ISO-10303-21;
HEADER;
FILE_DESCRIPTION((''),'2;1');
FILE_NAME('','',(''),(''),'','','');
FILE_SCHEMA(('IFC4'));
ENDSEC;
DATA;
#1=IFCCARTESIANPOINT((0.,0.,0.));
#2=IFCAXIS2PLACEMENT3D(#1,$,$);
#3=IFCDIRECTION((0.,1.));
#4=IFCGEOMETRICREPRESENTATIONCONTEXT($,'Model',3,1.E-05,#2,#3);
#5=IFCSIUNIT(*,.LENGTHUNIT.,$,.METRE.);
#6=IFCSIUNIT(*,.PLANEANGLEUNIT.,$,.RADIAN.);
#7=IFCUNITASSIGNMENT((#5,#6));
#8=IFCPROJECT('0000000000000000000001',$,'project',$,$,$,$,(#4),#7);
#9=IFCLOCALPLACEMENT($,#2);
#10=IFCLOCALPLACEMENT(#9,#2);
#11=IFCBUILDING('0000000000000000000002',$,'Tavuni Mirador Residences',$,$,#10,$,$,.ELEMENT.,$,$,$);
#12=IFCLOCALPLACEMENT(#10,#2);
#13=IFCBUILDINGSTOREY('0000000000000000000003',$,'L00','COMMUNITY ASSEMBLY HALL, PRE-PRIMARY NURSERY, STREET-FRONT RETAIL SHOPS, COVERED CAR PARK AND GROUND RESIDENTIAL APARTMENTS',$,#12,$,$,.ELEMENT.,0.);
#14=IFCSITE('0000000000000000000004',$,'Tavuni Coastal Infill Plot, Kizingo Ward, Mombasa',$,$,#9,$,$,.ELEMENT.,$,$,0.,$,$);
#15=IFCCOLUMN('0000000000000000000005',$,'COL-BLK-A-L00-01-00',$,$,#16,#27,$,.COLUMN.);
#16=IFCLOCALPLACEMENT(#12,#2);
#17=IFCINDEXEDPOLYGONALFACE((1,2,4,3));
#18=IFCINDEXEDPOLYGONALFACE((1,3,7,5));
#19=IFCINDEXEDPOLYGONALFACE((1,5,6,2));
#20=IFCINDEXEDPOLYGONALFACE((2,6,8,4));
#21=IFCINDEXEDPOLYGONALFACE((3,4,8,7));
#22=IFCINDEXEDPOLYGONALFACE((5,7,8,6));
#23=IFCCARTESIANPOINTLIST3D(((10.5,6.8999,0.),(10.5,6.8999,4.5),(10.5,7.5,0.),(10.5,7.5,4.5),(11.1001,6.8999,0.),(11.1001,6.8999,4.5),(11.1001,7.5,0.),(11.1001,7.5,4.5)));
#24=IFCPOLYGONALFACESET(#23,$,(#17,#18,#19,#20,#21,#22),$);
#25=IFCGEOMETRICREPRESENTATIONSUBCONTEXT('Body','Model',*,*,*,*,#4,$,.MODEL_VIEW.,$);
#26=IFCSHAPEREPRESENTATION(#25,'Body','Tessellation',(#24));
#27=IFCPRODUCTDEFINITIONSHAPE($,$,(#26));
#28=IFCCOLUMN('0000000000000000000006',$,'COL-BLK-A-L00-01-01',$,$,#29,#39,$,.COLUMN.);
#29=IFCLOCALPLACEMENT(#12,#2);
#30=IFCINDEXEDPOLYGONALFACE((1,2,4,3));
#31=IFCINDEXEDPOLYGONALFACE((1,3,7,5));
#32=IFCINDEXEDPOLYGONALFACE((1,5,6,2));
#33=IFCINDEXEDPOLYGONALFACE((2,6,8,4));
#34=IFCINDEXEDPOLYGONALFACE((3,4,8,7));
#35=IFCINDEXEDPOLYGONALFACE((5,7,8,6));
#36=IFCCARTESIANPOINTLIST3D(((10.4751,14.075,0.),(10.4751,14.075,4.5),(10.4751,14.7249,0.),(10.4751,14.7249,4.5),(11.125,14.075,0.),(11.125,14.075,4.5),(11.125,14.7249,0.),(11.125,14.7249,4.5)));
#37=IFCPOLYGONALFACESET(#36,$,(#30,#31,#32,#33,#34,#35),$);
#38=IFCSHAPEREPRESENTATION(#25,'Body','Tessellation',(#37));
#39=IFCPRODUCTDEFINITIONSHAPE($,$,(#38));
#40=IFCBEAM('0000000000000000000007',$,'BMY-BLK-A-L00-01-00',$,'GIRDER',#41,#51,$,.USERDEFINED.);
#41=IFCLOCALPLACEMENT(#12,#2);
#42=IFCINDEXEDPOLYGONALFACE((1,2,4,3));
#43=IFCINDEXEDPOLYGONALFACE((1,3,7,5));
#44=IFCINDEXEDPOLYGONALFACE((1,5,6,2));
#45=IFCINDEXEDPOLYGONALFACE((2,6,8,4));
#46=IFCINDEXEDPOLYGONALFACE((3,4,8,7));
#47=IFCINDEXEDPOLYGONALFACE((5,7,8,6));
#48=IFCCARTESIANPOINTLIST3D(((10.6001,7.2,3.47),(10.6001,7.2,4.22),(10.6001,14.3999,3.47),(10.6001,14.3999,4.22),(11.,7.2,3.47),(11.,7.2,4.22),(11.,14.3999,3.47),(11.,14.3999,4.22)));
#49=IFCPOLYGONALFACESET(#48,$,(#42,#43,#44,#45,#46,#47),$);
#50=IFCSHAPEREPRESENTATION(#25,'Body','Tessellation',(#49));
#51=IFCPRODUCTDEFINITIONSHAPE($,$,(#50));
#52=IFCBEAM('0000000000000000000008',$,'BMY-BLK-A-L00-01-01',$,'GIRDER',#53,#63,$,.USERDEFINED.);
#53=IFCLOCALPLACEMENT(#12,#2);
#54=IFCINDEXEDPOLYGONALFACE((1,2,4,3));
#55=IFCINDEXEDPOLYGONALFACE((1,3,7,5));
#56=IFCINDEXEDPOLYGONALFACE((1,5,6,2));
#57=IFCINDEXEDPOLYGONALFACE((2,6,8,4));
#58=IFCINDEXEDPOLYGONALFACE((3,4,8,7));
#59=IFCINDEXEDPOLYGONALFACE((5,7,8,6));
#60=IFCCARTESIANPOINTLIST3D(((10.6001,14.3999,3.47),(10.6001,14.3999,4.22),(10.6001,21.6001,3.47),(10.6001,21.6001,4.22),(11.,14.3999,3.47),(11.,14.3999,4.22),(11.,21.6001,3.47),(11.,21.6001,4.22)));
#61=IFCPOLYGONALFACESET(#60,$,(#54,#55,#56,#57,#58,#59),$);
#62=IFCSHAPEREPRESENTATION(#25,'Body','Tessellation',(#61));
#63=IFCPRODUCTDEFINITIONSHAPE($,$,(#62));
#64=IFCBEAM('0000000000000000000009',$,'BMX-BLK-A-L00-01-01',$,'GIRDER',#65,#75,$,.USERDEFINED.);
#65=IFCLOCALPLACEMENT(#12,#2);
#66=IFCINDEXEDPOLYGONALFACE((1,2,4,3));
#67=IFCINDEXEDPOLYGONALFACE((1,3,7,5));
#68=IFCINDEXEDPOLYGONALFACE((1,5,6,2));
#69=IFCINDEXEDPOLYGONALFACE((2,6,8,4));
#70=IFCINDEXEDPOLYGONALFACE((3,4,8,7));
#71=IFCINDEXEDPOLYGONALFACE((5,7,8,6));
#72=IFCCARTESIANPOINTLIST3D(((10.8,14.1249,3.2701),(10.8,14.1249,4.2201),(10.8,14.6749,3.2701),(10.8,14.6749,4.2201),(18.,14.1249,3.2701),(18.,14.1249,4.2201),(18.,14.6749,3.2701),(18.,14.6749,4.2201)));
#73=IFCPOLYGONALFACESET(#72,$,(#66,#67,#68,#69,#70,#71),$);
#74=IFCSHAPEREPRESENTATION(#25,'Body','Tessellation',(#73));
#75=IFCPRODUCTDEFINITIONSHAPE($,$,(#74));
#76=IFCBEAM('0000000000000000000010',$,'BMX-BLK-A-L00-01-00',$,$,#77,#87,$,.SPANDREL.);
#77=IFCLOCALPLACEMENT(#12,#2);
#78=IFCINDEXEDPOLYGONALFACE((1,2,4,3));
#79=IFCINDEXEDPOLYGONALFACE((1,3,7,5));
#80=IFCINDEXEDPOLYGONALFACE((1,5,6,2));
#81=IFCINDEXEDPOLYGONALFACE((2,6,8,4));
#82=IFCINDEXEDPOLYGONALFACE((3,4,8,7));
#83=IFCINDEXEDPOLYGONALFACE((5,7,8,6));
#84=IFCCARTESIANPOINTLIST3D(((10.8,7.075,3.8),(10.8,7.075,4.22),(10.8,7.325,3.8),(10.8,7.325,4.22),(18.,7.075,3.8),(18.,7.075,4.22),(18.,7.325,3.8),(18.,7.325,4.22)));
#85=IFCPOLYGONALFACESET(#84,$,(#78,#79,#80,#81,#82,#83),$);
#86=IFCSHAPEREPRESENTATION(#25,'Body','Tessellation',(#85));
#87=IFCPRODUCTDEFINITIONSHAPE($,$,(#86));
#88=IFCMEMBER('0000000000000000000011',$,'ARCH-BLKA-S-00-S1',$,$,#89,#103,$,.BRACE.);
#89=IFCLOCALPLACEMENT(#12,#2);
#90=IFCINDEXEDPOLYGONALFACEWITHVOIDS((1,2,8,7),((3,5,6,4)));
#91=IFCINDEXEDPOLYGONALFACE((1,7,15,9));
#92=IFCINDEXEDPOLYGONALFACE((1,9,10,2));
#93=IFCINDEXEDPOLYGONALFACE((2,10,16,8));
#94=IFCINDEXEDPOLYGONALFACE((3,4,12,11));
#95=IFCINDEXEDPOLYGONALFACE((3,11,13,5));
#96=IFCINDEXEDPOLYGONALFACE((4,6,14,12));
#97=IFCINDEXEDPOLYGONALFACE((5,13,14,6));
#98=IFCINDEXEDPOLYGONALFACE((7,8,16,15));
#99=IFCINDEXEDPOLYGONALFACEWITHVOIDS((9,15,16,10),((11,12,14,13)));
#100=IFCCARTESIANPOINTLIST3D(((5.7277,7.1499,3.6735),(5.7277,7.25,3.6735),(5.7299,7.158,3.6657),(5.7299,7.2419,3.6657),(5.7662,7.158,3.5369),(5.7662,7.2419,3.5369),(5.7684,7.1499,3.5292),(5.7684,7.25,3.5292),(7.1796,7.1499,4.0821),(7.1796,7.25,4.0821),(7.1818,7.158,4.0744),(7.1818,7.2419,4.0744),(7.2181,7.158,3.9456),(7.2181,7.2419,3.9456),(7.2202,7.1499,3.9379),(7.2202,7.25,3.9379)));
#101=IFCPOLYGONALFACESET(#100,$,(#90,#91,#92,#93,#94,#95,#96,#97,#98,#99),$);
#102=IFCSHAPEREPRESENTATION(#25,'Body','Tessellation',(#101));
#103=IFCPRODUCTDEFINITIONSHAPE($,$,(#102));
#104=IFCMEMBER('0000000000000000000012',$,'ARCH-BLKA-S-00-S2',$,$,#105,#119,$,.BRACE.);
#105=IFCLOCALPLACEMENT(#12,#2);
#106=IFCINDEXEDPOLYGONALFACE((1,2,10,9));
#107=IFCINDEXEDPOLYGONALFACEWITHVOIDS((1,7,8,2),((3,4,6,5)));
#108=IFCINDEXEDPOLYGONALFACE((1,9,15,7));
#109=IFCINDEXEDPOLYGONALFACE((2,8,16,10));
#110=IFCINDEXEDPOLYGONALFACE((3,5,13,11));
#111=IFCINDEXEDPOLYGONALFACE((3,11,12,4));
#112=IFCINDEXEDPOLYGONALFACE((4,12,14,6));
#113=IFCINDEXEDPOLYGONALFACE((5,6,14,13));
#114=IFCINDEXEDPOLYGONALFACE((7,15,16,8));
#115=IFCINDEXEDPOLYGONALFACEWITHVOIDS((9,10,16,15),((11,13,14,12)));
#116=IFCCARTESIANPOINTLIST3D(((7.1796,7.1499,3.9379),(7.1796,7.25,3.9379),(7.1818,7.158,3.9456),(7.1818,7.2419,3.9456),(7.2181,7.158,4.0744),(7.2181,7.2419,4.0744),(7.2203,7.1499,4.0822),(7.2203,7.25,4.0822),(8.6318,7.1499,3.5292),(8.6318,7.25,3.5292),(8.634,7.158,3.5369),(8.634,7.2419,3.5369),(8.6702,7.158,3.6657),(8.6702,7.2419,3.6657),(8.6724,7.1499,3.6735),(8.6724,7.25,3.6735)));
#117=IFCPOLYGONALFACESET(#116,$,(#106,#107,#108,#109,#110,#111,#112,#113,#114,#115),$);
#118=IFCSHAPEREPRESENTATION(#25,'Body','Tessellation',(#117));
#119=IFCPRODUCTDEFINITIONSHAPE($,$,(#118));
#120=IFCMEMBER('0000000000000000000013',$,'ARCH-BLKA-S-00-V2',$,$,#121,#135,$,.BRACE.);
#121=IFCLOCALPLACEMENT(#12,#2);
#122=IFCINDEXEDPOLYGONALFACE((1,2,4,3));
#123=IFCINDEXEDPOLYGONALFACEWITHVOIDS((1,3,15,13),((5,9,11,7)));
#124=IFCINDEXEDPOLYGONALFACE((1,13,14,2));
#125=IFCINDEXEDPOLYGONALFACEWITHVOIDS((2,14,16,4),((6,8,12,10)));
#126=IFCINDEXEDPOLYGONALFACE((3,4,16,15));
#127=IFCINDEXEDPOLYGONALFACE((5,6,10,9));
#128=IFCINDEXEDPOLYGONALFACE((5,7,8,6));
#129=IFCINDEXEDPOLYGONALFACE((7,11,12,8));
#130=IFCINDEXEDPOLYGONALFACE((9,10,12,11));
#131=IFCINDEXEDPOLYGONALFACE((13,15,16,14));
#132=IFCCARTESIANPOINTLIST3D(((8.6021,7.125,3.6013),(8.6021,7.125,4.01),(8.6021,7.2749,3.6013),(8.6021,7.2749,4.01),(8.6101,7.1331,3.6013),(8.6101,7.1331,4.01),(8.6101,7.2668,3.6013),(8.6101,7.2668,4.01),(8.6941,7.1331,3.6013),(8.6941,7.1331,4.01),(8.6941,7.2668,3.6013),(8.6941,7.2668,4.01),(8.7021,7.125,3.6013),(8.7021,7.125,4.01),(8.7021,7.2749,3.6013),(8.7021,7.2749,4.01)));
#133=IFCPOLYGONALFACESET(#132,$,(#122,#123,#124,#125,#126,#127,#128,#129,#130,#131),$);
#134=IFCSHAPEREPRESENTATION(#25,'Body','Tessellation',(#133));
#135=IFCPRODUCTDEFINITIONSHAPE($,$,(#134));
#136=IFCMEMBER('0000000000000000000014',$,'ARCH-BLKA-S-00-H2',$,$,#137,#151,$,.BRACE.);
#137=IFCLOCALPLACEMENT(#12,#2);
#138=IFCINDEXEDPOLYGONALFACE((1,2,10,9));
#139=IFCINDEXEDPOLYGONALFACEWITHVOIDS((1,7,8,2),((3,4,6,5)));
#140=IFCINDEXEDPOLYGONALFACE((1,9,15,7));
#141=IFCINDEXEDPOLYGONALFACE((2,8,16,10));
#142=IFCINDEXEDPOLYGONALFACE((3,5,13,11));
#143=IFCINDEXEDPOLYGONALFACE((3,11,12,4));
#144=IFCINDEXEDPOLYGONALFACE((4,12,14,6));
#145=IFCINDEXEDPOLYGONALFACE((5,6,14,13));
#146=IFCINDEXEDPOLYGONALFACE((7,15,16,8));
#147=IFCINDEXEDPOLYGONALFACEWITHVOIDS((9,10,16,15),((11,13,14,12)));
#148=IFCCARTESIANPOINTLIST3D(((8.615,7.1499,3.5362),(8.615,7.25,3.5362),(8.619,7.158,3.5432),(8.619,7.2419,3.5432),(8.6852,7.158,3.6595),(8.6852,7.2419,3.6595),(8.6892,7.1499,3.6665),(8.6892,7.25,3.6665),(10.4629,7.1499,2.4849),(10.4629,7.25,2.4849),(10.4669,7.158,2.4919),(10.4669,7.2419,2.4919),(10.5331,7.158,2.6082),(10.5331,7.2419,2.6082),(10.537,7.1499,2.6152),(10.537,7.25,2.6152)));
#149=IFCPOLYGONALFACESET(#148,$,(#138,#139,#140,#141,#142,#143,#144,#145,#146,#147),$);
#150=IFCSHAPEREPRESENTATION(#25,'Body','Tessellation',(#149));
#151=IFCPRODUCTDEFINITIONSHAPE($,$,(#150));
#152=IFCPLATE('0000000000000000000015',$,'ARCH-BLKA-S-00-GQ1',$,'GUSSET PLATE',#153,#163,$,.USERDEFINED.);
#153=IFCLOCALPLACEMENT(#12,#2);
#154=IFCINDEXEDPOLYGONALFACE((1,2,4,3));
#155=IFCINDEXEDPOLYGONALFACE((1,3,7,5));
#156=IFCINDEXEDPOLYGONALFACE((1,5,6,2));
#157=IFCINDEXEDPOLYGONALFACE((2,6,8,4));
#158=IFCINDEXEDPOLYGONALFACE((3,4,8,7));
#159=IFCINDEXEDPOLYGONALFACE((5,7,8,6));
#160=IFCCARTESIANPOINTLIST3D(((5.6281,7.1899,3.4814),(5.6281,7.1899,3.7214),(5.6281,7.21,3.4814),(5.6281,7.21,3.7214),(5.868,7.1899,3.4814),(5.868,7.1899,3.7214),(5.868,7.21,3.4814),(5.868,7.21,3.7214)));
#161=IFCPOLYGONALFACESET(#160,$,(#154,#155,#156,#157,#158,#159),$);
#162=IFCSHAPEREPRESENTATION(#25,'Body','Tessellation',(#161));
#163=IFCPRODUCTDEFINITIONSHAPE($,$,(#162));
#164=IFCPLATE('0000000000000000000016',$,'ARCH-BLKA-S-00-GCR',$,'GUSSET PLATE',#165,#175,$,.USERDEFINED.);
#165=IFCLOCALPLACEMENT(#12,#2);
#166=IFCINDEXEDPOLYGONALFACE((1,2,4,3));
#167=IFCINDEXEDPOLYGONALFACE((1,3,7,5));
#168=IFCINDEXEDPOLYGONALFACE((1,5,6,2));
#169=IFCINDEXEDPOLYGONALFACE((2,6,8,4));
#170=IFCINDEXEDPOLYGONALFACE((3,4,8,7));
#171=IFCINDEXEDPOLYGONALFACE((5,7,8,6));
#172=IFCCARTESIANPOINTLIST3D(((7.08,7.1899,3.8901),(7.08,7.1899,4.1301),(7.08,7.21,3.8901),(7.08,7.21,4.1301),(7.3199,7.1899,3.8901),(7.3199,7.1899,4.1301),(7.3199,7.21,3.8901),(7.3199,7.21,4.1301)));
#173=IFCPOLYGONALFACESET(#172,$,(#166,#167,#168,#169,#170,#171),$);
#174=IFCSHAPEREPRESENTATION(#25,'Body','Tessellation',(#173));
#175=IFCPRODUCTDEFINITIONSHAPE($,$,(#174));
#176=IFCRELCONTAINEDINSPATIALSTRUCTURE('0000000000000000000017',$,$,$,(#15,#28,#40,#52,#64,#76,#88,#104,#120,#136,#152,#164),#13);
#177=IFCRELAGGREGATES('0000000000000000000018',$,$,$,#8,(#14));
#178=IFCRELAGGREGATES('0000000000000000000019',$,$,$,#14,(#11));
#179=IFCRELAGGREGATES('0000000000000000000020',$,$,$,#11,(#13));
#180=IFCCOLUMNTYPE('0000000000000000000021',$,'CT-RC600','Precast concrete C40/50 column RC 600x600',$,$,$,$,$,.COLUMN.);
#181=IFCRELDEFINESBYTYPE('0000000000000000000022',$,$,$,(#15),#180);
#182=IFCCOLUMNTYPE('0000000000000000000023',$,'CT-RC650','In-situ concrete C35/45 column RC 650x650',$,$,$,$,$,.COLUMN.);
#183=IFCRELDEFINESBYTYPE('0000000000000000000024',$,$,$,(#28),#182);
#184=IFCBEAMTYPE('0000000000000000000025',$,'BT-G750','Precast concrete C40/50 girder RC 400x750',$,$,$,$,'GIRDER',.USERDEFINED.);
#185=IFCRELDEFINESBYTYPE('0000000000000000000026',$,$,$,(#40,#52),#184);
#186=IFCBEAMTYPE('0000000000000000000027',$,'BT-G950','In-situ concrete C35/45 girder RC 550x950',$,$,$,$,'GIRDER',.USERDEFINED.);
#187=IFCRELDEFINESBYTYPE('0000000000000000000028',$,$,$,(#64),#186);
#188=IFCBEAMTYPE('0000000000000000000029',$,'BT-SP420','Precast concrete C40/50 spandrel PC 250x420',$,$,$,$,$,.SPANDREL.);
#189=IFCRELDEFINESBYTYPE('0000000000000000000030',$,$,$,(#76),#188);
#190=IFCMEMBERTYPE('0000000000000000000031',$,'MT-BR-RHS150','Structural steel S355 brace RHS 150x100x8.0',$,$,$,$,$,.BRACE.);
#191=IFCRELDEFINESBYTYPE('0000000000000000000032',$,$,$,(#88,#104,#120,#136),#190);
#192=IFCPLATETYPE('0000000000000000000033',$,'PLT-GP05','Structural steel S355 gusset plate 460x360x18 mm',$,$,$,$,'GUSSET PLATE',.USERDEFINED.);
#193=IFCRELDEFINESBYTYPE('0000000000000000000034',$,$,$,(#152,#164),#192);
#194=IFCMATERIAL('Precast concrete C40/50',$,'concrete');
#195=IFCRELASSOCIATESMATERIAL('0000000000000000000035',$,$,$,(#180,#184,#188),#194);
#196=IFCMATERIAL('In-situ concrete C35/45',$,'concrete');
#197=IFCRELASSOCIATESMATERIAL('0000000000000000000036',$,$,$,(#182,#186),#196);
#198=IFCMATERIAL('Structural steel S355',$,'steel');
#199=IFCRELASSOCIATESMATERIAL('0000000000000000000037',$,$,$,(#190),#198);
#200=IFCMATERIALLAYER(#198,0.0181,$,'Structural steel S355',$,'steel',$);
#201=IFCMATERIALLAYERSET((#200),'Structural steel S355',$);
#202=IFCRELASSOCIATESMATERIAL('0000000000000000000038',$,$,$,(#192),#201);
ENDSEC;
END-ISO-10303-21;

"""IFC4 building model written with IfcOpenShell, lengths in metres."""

from ifc_helpers import new_model, si_unit, direction, frame, origin, origin_2d, place, context, subcontext, project, spatial, rectangle, hollow_rectangle, extrude, material, layer, layer_set, material_profile, profile_set, type_object, element, save


model = new_model("IFC4")

# Units and contexts
model_context = context("Model", 3, precision=1e-05, world=origin(), true_north=direction((0.0, 1.0)))
body_context = subcontext(model_context, "Body", "Model", "MODEL_VIEW")
ifc_project = project(units=[si_unit("LENGTHUNIT", "METRE"), si_unit("PLANEANGLEUNIT", "RADIAN")], contexts=[model_context])

# Site, building, storey
site_placement = place(None, origin())
site = spatial("IfcSite", under=ifc_project, at=site_placement, Name="Tavuni Coastal Infill Plot, Kizingo Ward, Mombasa", CompositionType="ELEMENT", RefElevation=0.0)
building_placement = place(site_placement, origin())
building = spatial("IfcBuilding", under=site, at=building_placement, Name="Tavuni Mirador Residences", CompositionType="ELEMENT")
storey_placement = place(building_placement, origin())
storey = spatial("IfcBuildingStorey", under=building, at=storey_placement, Name="L00", Description="COMMUNITY ASSEMBLY HALL, PRE-PRIMARY NURSERY, STREET-FRONT RETAIL SHOPS, COVERED CAR PARK AND GROUND RESIDENTIAL APARTMENTS", CompositionType="ELEMENT", Elevation=0.0)

# Columns
ifc_material_1 = material(Name="Precast concrete C40/50", Category="concrete")
ifc_material_profile_1 = material_profile(ifc_material_1, rectangle(XDim=0.6001, YDim=0.6001, at=origin_2d()), Name="RC 600x600", Category="concrete")
ifc_profile_set_1 = profile_set([ifc_material_profile_1], Name="Precast concrete C40/50")
column_type_1 = type_object("IfcColumnType", Name="CT-RC600", Description="Precast concrete C40/50 column RC 600x600", PredefinedType="COLUMN", material=ifc_profile_set_1)
column_1_placement = place(storey_placement, frame((10.8, 7.2, 0.0), z_axis=(0.0, 0.0, 1.0), x_axis=(1.0, 0.0, 0.0)))
element("IfcColumn", 1, at=column_1_placement, inside=storey, type_object=column_type_1, Name="COL-BLK-A-L00-01-00", PredefinedType="COLUMN", context=body_context, shape_type="SweptSolid", body=[
    extrude(rectangle(XDim=0.6001, YDim=0.6001, at=origin_2d()), origin(), (0.0, 0.0, 1.0), 4.5),
])
ifc_material_2 = material(Name="In-situ concrete C35/45", Category="concrete")
ifc_material_profile_2 = material_profile(ifc_material_2, rectangle(XDim=0.6499, YDim=0.6499, at=origin_2d()), Name="RC 650x650", Category="concrete")
ifc_profile_set_2 = profile_set([ifc_material_profile_2], Name="In-situ concrete C35/45")
column_type_2 = type_object("IfcColumnType", Name="CT-RC650", Description="In-situ concrete C35/45 column RC 650x650", PredefinedType="COLUMN", material=ifc_profile_set_2)
column_2_placement = place(storey_placement, frame((10.8, 14.3999, 0.0), z_axis=(0.0, 0.0, 1.0), x_axis=(1.0, 0.0, 0.0)))
element("IfcColumn", 2, at=column_2_placement, inside=storey, type_object=column_type_2, Name="COL-BLK-A-L00-01-01", PredefinedType="COLUMN", context=body_context, shape_type="SweptSolid", body=[
    extrude(rectangle(XDim=0.6499, YDim=0.6499, at=origin_2d()), origin(), (0.0, 0.0, 1.0), 4.5),
])

# Beams
ifc_material_profile_3 = material_profile(ifc_material_1, rectangle(XDim=0.3999, YDim=0.75, at=origin_2d()), Name="RC 400x750", Category="concrete")
ifc_profile_set_3 = profile_set([ifc_material_profile_3], Name="Precast concrete C40/50")
beam_type_1 = type_object("IfcBeamType", Name="BT-G750", Description="Precast concrete C40/50 girder RC 400x750", ElementType="GIRDER", PredefinedType="USERDEFINED", material=ifc_profile_set_3)
beam_1_placement = place(storey_placement, frame((10.8, 7.2, 3.845), z_axis=(0.0, 1.0, 0.0), x_axis=(-1.0, 0.0, 0.0)))
element("IfcBeam", 3, at=beam_1_placement, inside=storey, type_object=beam_type_1, Name="BMY-BLK-A-L00-01-00", ObjectType="GIRDER", PredefinedType="USERDEFINED", context=body_context, shape_type="SweptSolid", body=[
    extrude(rectangle(XDim=0.3999, YDim=0.75, at=origin_2d()), origin(), (0.0, 0.0, 1.0), 7.2),
])
beam_2_placement = place(storey_placement, frame((10.8, 14.3999, 3.845), z_axis=(0.0, 1.0, 0.0), x_axis=(-1.0, 0.0, 0.0)))
element("IfcBeam", 4, at=beam_2_placement, inside=storey, type_object=beam_type_1, Name="BMY-BLK-A-L00-01-01", ObjectType="GIRDER", PredefinedType="USERDEFINED", context=body_context, shape_type="SweptSolid", body=[
    extrude(rectangle(XDim=0.3999, YDim=0.75, at=origin_2d()), origin(), (0.0, 0.0, 1.0), 7.2002),
])
ifc_material_profile_4 = material_profile(ifc_material_2, rectangle(XDim=0.55, YDim=0.95, at=origin_2d()), Name="RC 550x950", Category="concrete")
ifc_profile_set_4 = profile_set([ifc_material_profile_4], Name="In-situ concrete C35/45")
beam_type_2 = type_object("IfcBeamType", Name="BT-G950", Description="In-situ concrete C35/45 girder RC 550x950", ElementType="GIRDER", PredefinedType="USERDEFINED", material=ifc_profile_set_4)
beam_3_placement = place(storey_placement, frame((10.8, 14.3999, 3.7451), z_axis=(1.0, 0.0, 0.0), x_axis=(0.0, 1.0, 0.0)))
element("IfcBeam", 5, at=beam_3_placement, inside=storey, type_object=beam_type_2, Name="BMX-BLK-A-L00-01-01", ObjectType="GIRDER", PredefinedType="USERDEFINED", context=body_context, shape_type="SweptSolid", body=[
    extrude(rectangle(XDim=0.55, YDim=0.95, at=origin_2d()), origin(), (0.0, 0.0, 1.0), 7.2),
])
ifc_material_profile_5 = material_profile(ifc_material_1, rectangle(XDim=0.25, YDim=0.4199, at=origin_2d()), Name="PC 250x420", Category="concrete")
ifc_profile_set_5 = profile_set([ifc_material_profile_5], Name="Precast concrete C40/50")
beam_type_3 = type_object("IfcBeamType", Name="BT-SP420", Description="Precast concrete C40/50 spandrel PC 250x420", PredefinedType="SPANDREL", material=ifc_profile_set_5)
beam_4_placement = place(storey_placement, frame((10.8, 7.2, 4.01), z_axis=(1.0, 0.0, 0.0), x_axis=(0.0, 1.0, 0.0)))
element("IfcBeam", 6, at=beam_4_placement, inside=storey, type_object=beam_type_3, Name="BMX-BLK-A-L00-01-00", PredefinedType="SPANDREL", context=body_context, shape_type="SweptSolid", body=[
    extrude(rectangle(XDim=0.25, YDim=0.4199, at=origin_2d()), origin(), (0.0, 0.0, 1.0), 7.2),
])

# Members
ifc_material_3 = material(Name="Structural steel S355", Category="steel")
ifc_material_profile_6 = material_profile(ifc_material_3, hollow_rectangle(XDim=0.1001, YDim=0.1499, WallThickness=0.0081, at=origin_2d()), Name="RHS 150x100x8.0", Category="steel")
ifc_profile_set_6 = profile_set([ifc_material_profile_6], Name="Structural steel S355")
member_type = type_object("IfcMemberType", Name="MT-BR-RHS150", Description="Structural steel S355 brace RHS 150x100x8.0", PredefinedType="BRACE", material=ifc_profile_set_6)
member_1_placement = place(storey_placement, frame((5.748, 7.2, 3.6013), z_axis=(0.962592, 0.0, 0.270957), x_axis=(0.0, 1.0, 0.0)))
element("IfcMember", 7, at=member_1_placement, inside=storey, type_object=member_type, Name="ARCH-BLKA-S-00-S1", PredefinedType="BRACE", context=body_context, shape_type="SweptSolid", body=[
    extrude(hollow_rectangle(XDim=0.1001, YDim=0.1499, WallThickness=0.0081, at=origin_2d()), origin(), (0.0, 0.0, 1.0), 1.5083),
])
member_2_placement = place(storey_placement, frame((7.2, 7.2, 4.01), z_axis=(0.962603, 0.0, -0.270914), x_axis=(0.0, 1.0, 0.0)))
element("IfcMember", 8, at=member_2_placement, inside=storey, type_object=member_type, Name="ARCH-BLKA-S-00-S2", PredefinedType="BRACE", context=body_context, shape_type="SweptSolid", body=[
    extrude(hollow_rectangle(XDim=0.1001, YDim=0.1499, WallThickness=0.0081, at=origin_2d()), origin(), (0.0, 0.0, 1.0), 1.5085),
])
member_3_placement = place(storey_placement, frame((8.6521, 7.2, 3.6013), z_axis=(0.0, 0.0, 1.0), x_axis=(1.0, 0.0, 0.0)))
element("IfcMember", 9, at=member_3_placement, inside=storey, type_object=member_type, Name="ARCH-BLKA-S-00-V2", PredefinedType="BRACE", context=body_context, shape_type="SweptSolid", body=[
    extrude(hollow_rectangle(XDim=0.1001, YDim=0.1499, WallThickness=0.0081, at=origin_2d()), origin(), (0.0, 0.0, 1.0), 0.4087),
])
member_4_placement = place(storey_placement, frame((8.6521, 7.2, 3.6013), z_axis=(0.869189, 0.0, -0.494481), x_axis=(0.0, 1.0, 0.0)))
element("IfcMember", 10, at=member_4_placement, inside=storey, type_object=member_type, Name="ARCH-BLKA-S-00-H2", PredefinedType="BRACE", context=body_context, shape_type="SweptSolid", body=[
    extrude(hollow_rectangle(XDim=0.1001, YDim=0.1499, WallThickness=0.0081, at=origin_2d()), origin(), (0.0, 0.0, 1.0), 2.126),
])

# Plates
ifc_layer_1 = layer(ifc_material_3, 0.0181, Name="Structural steel S355", Category="steel")
ifc_layer_set_1 = layer_set([ifc_layer_1], Name="Structural steel S355")
plate_type = type_object("IfcPlateType", Name="PLT-GP05", Description="Structural steel S355 gusset plate 460x360x18 mm", ElementType="GUSSET PLATE", PredefinedType="USERDEFINED", material=ifc_layer_set_1)
for number, where, z_axis, x_axis, name in (
    (11, (5.748, 7.2, 3.4814), (0.0, 0.0, 1.0), (1.0, 0.0, 0.0), "ARCH-BLKA-S-00-GQ1"),
    (12, (7.2, 7.2, 3.8901), (0.0, 0.0, 1.0), (1.0, 0.0, 0.0), "ARCH-BLKA-S-00-GCR"),
):
    element("IfcPlate", number, at=place(storey_placement, frame(where, z_axis=z_axis, x_axis=x_axis)), inside=storey, type_object=plate_type, Name=name, ObjectType="GUSSET PLATE", PredefinedType="USERDEFINED", context=body_context, shape_type="SweptSolid", body=[
        extrude(rectangle(XDim=0.24, YDim=0.02, at=origin_2d()), origin(), (0.0, 0.0, 1.0), 0.24),
    ])

save(model, "model.ifc")
